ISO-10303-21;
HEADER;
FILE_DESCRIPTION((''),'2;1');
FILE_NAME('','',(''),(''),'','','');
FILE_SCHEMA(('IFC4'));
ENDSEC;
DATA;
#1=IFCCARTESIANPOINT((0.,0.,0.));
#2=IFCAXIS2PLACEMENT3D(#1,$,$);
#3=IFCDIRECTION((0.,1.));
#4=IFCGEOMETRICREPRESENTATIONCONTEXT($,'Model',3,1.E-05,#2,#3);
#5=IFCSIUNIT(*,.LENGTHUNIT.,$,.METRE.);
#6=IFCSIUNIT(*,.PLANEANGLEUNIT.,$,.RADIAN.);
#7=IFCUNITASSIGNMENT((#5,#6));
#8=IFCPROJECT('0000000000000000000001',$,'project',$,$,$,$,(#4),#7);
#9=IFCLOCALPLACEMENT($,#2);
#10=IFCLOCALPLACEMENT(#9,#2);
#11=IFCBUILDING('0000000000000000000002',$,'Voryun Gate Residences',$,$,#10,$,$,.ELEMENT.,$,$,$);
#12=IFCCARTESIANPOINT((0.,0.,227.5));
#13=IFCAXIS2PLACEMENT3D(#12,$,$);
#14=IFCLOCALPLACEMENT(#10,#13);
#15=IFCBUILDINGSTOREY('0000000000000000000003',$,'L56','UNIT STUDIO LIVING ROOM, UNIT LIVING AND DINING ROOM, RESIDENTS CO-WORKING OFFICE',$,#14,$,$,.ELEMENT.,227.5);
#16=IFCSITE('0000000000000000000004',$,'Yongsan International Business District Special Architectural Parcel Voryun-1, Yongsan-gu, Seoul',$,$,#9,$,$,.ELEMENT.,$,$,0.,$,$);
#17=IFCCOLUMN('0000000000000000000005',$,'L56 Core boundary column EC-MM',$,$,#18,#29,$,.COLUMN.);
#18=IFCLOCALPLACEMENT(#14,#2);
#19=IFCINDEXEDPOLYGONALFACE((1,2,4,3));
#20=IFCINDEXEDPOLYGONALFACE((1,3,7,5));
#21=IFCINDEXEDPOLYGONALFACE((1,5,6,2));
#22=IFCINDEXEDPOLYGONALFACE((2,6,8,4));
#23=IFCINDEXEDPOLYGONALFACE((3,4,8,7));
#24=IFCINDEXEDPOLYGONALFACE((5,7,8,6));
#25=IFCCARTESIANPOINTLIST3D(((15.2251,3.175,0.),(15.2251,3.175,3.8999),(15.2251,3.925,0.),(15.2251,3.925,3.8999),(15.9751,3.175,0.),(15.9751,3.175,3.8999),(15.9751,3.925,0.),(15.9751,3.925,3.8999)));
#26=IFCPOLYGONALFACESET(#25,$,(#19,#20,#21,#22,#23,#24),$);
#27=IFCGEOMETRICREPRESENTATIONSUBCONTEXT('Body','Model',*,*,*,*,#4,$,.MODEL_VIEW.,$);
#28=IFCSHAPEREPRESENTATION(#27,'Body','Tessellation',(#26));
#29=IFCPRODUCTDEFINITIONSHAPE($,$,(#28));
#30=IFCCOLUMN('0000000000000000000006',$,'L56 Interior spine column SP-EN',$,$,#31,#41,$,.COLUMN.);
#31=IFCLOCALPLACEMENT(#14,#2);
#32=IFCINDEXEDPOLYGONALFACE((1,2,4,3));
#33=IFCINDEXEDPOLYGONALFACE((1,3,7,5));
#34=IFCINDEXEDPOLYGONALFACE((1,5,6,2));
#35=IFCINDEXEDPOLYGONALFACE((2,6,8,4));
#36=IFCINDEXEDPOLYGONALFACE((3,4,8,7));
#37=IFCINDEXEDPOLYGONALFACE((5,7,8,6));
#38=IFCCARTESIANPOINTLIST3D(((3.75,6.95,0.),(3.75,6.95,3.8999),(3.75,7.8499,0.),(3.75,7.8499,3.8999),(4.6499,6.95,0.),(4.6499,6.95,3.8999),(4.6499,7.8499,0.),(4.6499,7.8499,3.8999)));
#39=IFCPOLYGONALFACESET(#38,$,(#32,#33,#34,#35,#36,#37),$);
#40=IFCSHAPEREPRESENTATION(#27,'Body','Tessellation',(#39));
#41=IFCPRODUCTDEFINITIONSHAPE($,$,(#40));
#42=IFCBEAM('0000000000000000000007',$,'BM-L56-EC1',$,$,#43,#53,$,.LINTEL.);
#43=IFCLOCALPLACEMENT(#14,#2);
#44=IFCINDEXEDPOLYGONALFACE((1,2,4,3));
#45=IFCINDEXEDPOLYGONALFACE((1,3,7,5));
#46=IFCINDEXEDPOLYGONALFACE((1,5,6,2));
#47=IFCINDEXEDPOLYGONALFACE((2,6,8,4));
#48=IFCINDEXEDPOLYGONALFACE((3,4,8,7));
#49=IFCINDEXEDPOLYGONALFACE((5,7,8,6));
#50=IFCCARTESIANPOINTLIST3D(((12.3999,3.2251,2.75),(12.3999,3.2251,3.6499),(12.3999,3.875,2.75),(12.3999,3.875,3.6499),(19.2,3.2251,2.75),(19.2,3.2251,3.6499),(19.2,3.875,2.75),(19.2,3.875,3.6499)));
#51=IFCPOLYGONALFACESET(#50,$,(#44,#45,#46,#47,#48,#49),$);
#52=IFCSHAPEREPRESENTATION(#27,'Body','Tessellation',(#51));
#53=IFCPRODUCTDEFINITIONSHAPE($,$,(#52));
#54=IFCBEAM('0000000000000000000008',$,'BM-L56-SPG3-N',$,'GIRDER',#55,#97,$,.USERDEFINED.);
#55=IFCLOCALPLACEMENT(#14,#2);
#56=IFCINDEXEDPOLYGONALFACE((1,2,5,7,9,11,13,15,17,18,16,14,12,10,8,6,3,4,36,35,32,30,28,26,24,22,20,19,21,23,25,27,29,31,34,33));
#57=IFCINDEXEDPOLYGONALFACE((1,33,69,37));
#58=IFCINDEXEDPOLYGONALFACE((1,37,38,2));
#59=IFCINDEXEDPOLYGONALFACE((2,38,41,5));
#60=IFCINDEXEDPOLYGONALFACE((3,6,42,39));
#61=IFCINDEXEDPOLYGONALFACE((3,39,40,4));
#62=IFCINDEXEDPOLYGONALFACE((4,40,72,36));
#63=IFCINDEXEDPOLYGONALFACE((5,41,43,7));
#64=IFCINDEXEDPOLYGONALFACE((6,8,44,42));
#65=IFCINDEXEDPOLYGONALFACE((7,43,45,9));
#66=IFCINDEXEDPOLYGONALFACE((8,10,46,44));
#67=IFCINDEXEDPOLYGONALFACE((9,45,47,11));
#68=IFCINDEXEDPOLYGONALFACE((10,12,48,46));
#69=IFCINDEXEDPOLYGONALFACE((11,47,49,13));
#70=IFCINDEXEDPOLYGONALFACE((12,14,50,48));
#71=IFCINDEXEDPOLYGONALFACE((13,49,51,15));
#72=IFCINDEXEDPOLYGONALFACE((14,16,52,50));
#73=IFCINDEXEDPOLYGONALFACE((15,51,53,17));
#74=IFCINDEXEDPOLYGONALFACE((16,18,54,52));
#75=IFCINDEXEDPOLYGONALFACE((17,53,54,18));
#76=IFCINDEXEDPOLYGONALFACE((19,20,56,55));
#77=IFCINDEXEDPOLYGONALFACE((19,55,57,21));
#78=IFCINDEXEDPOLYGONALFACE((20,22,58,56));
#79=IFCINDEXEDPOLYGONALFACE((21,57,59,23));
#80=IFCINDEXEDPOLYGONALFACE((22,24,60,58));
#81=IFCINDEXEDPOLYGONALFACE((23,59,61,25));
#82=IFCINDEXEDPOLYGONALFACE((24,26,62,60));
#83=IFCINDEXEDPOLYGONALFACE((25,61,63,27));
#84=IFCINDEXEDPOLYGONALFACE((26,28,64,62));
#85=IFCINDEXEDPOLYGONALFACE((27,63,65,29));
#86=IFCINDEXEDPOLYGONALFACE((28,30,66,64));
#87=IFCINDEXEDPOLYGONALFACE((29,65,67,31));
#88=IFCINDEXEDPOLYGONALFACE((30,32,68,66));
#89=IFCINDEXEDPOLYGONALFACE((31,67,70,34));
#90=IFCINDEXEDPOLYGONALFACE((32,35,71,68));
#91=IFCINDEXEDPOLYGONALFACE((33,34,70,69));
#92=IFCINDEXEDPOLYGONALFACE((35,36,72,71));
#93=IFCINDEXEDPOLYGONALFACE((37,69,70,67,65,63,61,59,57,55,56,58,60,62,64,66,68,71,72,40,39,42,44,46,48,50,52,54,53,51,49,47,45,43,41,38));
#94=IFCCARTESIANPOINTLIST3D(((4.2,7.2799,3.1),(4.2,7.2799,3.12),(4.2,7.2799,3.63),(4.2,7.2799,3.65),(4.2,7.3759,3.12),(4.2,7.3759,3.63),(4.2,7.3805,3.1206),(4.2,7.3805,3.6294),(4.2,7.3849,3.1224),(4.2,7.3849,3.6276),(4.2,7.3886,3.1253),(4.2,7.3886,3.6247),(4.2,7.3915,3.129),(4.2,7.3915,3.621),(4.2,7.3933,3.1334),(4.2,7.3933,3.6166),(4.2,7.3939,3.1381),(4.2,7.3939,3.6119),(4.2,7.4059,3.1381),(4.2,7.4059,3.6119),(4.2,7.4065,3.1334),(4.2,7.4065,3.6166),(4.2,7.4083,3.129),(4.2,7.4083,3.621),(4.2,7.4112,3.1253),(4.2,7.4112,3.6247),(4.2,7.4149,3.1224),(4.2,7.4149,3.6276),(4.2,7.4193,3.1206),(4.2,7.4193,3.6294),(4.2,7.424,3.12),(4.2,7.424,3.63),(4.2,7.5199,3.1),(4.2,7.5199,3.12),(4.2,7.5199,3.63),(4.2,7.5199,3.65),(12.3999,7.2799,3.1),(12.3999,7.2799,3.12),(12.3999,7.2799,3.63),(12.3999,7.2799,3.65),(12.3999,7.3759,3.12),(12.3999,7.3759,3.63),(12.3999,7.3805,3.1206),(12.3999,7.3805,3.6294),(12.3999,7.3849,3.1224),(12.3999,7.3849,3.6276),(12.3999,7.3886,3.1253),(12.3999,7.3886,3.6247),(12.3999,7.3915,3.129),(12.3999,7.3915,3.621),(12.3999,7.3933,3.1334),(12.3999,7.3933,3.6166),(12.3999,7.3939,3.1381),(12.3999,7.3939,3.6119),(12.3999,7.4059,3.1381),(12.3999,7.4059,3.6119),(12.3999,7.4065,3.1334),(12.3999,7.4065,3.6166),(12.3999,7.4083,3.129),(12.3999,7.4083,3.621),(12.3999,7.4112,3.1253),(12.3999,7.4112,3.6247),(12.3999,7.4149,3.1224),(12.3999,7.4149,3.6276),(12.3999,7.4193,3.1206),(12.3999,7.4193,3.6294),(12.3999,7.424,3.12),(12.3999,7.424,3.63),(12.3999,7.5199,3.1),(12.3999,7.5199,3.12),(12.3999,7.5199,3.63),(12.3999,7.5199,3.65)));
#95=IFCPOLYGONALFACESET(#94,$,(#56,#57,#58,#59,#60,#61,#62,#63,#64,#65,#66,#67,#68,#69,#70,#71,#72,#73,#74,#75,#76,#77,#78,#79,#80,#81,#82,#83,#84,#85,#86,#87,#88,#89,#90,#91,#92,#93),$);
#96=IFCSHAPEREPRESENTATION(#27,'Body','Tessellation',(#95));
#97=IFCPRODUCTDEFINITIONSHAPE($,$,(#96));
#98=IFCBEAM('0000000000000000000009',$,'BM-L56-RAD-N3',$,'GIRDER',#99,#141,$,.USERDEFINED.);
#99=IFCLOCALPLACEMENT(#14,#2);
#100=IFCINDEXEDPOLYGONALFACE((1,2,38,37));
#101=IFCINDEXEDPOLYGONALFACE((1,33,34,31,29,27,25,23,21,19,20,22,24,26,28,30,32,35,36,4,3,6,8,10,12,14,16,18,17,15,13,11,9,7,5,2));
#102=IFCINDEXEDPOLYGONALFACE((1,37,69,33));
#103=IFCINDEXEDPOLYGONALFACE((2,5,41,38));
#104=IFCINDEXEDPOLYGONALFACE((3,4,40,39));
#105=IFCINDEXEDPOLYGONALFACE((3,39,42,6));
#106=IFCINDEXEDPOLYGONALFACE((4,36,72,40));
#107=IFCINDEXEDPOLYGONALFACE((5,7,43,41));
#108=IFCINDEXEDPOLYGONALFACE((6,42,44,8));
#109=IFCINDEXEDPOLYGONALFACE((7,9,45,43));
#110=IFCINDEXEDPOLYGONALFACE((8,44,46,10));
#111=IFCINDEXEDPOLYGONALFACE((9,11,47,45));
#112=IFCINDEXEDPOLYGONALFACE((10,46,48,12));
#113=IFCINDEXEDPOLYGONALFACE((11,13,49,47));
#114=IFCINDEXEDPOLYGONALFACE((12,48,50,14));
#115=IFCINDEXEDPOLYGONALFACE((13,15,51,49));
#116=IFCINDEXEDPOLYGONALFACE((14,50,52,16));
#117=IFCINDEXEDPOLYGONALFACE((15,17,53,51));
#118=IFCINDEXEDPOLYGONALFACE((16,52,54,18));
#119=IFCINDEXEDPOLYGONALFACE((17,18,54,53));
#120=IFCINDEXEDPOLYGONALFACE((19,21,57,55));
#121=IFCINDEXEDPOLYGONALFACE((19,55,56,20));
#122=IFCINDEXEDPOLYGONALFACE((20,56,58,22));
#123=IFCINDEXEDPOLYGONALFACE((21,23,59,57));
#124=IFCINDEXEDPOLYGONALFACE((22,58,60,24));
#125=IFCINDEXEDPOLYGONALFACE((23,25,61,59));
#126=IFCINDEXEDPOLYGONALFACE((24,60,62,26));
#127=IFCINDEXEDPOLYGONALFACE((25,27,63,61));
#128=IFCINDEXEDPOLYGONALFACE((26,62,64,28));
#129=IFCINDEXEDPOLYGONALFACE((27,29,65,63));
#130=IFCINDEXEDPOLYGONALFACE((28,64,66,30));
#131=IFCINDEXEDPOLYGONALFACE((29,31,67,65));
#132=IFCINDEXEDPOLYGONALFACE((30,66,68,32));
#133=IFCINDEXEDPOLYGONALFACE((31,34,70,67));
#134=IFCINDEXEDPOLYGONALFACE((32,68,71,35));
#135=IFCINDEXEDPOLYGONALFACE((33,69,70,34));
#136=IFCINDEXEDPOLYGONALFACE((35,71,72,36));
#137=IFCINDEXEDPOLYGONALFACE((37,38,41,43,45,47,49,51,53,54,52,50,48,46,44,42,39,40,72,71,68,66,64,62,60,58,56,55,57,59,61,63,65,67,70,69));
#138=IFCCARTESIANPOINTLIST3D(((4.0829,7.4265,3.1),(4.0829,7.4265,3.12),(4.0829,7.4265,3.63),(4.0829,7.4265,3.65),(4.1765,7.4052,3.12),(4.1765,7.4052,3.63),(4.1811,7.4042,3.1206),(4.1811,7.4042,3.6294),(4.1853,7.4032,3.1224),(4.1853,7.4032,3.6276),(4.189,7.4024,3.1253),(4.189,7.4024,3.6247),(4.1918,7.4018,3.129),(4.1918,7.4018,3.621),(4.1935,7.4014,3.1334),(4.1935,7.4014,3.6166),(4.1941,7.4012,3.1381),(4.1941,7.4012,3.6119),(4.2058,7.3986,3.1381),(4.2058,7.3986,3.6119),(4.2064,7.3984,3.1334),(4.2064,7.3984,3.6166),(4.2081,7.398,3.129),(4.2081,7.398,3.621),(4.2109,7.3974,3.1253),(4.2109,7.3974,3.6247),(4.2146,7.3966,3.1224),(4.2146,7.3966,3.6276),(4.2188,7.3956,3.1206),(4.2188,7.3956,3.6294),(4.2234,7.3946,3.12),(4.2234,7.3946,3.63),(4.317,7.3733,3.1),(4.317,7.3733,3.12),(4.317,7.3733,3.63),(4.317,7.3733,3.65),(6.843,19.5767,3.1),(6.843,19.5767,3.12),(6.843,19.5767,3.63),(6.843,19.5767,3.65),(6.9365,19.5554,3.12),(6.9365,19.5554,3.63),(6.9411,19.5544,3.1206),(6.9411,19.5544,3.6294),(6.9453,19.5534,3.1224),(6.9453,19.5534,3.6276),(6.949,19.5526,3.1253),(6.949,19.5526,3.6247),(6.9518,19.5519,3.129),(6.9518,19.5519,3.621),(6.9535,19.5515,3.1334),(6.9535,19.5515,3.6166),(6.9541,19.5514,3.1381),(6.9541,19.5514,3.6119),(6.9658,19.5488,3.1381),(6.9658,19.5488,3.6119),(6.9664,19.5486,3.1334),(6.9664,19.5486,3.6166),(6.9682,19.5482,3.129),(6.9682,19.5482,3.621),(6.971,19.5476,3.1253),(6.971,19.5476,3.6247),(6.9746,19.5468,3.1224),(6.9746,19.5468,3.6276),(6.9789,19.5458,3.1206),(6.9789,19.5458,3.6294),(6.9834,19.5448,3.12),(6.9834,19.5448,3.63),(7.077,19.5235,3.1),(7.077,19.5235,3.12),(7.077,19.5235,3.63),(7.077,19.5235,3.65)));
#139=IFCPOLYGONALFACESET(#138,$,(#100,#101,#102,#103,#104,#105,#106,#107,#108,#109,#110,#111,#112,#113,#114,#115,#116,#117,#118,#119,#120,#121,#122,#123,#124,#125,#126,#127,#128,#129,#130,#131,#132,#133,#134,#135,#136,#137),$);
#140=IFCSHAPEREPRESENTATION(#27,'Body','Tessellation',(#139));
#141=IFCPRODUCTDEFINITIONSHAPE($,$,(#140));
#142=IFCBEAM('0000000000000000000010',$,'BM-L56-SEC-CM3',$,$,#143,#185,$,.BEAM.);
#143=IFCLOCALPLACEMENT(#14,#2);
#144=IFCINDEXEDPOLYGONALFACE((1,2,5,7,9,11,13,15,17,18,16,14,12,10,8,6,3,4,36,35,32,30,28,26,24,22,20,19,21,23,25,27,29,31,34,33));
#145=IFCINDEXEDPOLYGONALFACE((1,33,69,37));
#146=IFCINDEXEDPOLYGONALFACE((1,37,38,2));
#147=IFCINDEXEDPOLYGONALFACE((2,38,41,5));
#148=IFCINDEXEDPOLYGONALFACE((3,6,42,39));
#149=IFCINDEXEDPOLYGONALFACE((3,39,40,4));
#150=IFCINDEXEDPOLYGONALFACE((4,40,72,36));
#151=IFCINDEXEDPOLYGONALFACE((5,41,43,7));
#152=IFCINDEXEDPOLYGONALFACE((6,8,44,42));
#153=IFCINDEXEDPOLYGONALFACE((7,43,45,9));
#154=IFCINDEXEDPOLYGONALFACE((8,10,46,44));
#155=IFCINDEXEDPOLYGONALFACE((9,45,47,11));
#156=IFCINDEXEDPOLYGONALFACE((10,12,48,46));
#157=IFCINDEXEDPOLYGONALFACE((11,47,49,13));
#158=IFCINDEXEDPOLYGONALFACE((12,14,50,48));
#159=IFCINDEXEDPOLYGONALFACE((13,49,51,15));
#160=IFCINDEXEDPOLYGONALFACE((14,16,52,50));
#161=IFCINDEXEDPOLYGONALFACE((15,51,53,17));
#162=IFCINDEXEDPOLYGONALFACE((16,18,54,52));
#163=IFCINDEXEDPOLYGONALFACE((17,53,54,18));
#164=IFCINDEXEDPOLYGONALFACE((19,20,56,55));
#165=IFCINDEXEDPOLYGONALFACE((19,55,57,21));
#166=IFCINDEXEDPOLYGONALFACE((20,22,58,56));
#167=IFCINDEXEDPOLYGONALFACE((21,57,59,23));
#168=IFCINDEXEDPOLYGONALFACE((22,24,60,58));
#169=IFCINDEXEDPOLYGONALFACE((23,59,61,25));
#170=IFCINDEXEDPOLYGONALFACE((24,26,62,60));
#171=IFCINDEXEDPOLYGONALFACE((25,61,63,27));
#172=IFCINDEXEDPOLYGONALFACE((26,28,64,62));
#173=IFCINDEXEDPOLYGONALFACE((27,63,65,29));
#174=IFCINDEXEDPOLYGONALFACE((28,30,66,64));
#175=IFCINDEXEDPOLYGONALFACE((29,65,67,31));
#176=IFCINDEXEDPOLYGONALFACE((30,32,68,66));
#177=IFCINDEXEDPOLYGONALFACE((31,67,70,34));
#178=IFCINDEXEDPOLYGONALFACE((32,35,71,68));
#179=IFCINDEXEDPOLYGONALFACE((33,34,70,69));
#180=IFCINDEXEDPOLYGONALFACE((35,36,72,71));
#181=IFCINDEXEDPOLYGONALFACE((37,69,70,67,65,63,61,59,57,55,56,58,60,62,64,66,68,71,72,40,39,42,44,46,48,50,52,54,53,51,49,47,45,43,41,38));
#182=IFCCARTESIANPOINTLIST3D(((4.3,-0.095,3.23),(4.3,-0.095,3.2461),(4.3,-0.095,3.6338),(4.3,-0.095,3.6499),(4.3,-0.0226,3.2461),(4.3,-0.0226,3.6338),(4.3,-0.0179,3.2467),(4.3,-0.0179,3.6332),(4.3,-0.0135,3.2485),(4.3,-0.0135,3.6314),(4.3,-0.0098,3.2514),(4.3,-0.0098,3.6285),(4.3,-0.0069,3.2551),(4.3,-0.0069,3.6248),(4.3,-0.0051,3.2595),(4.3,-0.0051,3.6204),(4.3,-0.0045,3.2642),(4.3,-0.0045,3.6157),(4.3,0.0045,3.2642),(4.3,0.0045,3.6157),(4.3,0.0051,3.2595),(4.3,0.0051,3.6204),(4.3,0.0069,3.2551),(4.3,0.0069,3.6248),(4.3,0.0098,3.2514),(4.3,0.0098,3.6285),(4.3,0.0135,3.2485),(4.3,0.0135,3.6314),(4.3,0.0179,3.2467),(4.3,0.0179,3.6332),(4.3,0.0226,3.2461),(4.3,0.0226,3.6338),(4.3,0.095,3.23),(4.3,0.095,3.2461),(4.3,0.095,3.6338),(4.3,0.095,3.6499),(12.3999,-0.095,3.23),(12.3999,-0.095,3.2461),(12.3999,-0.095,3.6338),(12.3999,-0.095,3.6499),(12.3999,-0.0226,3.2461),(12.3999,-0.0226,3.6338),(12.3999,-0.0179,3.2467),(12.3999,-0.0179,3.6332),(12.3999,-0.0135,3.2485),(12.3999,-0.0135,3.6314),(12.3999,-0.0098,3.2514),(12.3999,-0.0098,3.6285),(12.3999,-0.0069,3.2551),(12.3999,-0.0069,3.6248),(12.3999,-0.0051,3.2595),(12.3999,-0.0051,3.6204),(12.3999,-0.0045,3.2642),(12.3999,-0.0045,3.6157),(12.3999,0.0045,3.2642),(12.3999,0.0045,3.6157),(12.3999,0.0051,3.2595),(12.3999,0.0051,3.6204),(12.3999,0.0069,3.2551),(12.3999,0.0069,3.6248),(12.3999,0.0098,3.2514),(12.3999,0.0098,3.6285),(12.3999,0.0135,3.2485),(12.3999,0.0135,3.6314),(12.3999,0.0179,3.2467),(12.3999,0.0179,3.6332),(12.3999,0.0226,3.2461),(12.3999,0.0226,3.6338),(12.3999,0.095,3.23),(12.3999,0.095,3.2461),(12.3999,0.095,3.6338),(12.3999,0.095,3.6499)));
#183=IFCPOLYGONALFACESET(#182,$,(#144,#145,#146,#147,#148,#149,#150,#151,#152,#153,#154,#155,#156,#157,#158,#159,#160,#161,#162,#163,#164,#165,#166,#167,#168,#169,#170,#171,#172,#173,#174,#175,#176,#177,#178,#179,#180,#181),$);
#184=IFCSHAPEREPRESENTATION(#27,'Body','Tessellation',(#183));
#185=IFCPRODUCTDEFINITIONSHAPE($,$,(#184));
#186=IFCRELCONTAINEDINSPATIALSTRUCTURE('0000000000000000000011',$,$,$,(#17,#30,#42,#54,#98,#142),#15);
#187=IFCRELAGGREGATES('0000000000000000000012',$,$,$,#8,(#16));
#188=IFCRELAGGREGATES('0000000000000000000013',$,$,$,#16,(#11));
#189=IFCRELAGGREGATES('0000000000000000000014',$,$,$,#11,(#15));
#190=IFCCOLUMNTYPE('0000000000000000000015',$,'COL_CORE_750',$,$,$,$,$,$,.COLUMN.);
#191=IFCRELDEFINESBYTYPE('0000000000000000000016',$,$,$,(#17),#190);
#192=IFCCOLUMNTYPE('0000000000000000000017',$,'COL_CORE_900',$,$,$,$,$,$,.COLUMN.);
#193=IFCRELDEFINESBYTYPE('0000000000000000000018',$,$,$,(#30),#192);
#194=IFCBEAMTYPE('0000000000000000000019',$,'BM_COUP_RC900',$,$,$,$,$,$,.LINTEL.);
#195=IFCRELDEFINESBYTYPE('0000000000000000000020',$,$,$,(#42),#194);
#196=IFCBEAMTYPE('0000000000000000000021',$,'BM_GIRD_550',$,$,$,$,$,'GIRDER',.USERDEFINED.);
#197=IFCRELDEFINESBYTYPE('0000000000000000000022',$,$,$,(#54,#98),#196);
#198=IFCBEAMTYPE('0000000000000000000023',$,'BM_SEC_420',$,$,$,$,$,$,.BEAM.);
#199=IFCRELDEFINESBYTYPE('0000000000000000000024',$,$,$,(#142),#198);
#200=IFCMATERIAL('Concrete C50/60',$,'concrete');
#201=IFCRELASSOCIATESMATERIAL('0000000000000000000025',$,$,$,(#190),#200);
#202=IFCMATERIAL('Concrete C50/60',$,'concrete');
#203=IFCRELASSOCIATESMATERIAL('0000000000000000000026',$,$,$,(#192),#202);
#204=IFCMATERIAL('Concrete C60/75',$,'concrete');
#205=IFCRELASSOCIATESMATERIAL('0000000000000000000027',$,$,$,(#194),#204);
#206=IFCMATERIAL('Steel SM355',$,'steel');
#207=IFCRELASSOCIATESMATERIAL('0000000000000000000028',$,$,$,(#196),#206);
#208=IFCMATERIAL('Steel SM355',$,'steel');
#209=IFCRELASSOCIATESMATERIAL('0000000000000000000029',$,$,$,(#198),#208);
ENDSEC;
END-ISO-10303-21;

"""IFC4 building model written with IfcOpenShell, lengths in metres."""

from ifc_helpers import new_model, si_unit, direction, frame, origin, origin_2d, place, context, subcontext, project, spatial, rectangle, i_section, extrude, material, material_profile, profile_set, type_object, element, save


model = new_model("IFC4")

# Units and contexts
model_context = context("Model", 3, precision=1e-05, world=origin(), true_north=direction((0.0, 1.0)))
body_context = subcontext(model_context, "Body", "Model", "MODEL_VIEW")
ifc_project = project(units=[si_unit("LENGTHUNIT", "METRE"), si_unit("PLANEANGLEUNIT", "RADIAN")], contexts=[model_context])

# Site, building, storey
site_placement = place(None, origin())
site = spatial("IfcSite", under=ifc_project, at=site_placement, Name="Yongsan International Business District Special Architectural Parcel Voryun-1, Yongsan-gu, Seoul", CompositionType="ELEMENT", RefElevation=0.0)
building_placement = place(site_placement, origin())
building = spatial("IfcBuilding", under=site, at=building_placement, Name="Voryun Gate Residences", CompositionType="ELEMENT")
storey_placement = place(building_placement, frame((0.0, 0.0, 227.5)))
storey = spatial("IfcBuildingStorey", under=building, at=storey_placement, Name="L56", Description="UNIT STUDIO LIVING ROOM, UNIT LIVING AND DINING ROOM, RESIDENTS CO-WORKING OFFICE", CompositionType="ELEMENT", Elevation=227.5)

# Columns
ifc_material_1 = material(Name="Concrete C50/60", Category="concrete")
ifc_material_profile_1 = material_profile(ifc_material_1, rectangle(XDim=0.75, YDim=0.75, at=origin_2d()), Name="RC-750x750")
ifc_profile_set_1 = profile_set([ifc_material_profile_1], Name="Concrete C50/60")
column_type_1 = type_object("IfcColumnType", Name="COL_CORE_750", PredefinedType="COLUMN", material=ifc_profile_set_1)
column_1_placement = place(storey_placement, frame((15.6001, 3.55, 0.0), z_axis=(0.0, 0.0, 1.0), x_axis=(1.0, 0.0, 0.0)))
element("IfcColumn", 1, at=column_1_placement, inside=storey, type_object=column_type_1, Name="L56 Core boundary column EC-MM", PredefinedType="COLUMN", context=body_context, shape_type="SweptSolid", body=[
    extrude(rectangle(XDim=0.75, YDim=0.75, at=origin_2d()), origin(), (0.0, 0.0, 1.0), 3.8999),
])
ifc_material_2 = material(Name="Concrete C50/60", Category="concrete")
ifc_material_profile_2 = material_profile(ifc_material_2, rectangle(XDim=0.8999, YDim=0.8999, at=origin_2d()), Name="RC-900x900")
ifc_profile_set_2 = profile_set([ifc_material_profile_2], Name="Concrete C50/60")
column_type_2 = type_object("IfcColumnType", Name="COL_CORE_900", PredefinedType="COLUMN", material=ifc_profile_set_2)
column_2_placement = place(storey_placement, frame((4.2, 7.3999, 0.0), z_axis=(0.0, 0.0, 1.0), x_axis=(1.0, 0.0, 0.0)))
element("IfcColumn", 2, at=column_2_placement, inside=storey, type_object=column_type_2, Name="L56 Interior spine column SP-EN", PredefinedType="COLUMN", context=body_context, shape_type="SweptSolid", body=[
    extrude(rectangle(XDim=0.8999, YDim=0.8999, at=origin_2d()), origin(), (0.0, 0.0, 1.0), 3.8999),
])

# Beams
ifc_material_3 = material(Name="Concrete C60/75", Category="concrete")
ifc_material_profile_3 = material_profile(ifc_material_3, rectangle(XDim=0.6499, YDim=0.8999, at=origin_2d()), Name="RC-650x900")
ifc_profile_set_3 = profile_set([ifc_material_profile_3], Name="Concrete C60/75")
beam_type_1 = type_object("IfcBeamType", Name="BM_COUP_RC900", PredefinedType="LINTEL", material=ifc_profile_set_3)
beam_1_placement = place(storey_placement, frame((12.3999, 3.55, 3.2), z_axis=(1.0, 0.0, 0.0), x_axis=(0.0, 1.0, 0.0)))
element("IfcBeam", 3, at=beam_1_placement, inside=storey, type_object=beam_type_1, Name="BM-L56-EC1", PredefinedType="LINTEL", context=body_context, shape_type="SweptSolid", body=[
    extrude(rectangle(XDim=0.6499, YDim=0.8999, at=origin_2d()), origin(), (0.0, 0.0, 1.0), 6.8),
])
ifc_material_4 = material(Name="Steel SM355", Category="steel")
ifc_material_profile_4 = material_profile(ifc_material_4, i_section(OverallWidth=0.24, OverallDepth=0.55, WebThickness=0.012, FlangeThickness=0.02, FilletRadius=0.0181, at=origin_2d()), Name="H-550x240x12x20")
ifc_profile_set_4 = profile_set([ifc_material_profile_4], Name="Steel SM355")
beam_type_2 = type_object("IfcBeamType", Name="BM_GIRD_550", ElementType="GIRDER", PredefinedType="USERDEFINED", material=ifc_profile_set_4)
beam_2_placement = place(storey_placement, frame((4.2, 7.3999, 3.375), z_axis=(1.0, 0.0, 0.0), x_axis=(0.0, 1.0, 0.0)))
element("IfcBeam", 4, at=beam_2_placement, inside=storey, type_object=beam_type_2, Name="BM-L56-SPG3-N", ObjectType="GIRDER", PredefinedType="USERDEFINED", context=body_context, shape_type="SweptSolid", body=[
    extrude(i_section(OverallWidth=0.24, OverallDepth=0.55, WebThickness=0.012, FlangeThickness=0.02, FilletRadius=0.0181, at=origin_2d()), origin(), (0.0, 0.0, 1.0), 8.2),
])
beam_3_placement = place(storey_placement, frame((4.2, 7.3999, 3.375), z_axis=(0.221515, 0.975157, 0.0), x_axis=(-0.975157, 0.221515, 0.0)))
element("IfcBeam", 5, at=beam_3_placement, inside=storey, type_object=beam_type_2, Name="BM-L56-RAD-N3", ObjectType="GIRDER", PredefinedType="USERDEFINED", context=body_context, shape_type="SweptSolid", body=[
    extrude(i_section(OverallWidth=0.24, OverallDepth=0.55, WebThickness=0.012, FlangeThickness=0.02, FilletRadius=0.0181, at=origin_2d()), origin(), (0.0, 0.0, 1.0), 12.4597),
])
ifc_material_5 = material(Name="Steel SM355", Category="steel")
ifc_material_profile_5 = material_profile(ifc_material_5, i_section(OverallWidth=0.1899, OverallDepth=0.4199, WebThickness=0.009, FlangeThickness=0.0161, FilletRadius=0.0181, at=origin_2d()), Name="H-420x190x9x16")
ifc_profile_set_5 = profile_set([ifc_material_profile_5], Name="Steel SM355")
beam_type_3 = type_object("IfcBeamType", Name="BM_SEC_420", PredefinedType="BEAM", material=ifc_profile_set_5)
for number, where, z_axis, x_axis, name in (
    (6, (4.3, 0.0, 3.4399), (1.0, 0.0, 0.0), (0.0, 1.0, 0.0), "BM-L56-SEC-CM3"),
):
    element("IfcBeam", number, at=place(storey_placement, frame(where, z_axis=z_axis, x_axis=x_axis)), inside=storey, type_object=beam_type_3, Name=name, PredefinedType="BEAM", context=body_context, shape_type="SweptSolid", body=[
        extrude(i_section(OverallWidth=0.1899, OverallDepth=0.4199, WebThickness=0.009, FlangeThickness=0.0161, FilletRadius=0.0181, at=origin_2d()), origin(), (0.0, 0.0, 1.0), 8.0999),
    ])

save(model, "model.ifc")
